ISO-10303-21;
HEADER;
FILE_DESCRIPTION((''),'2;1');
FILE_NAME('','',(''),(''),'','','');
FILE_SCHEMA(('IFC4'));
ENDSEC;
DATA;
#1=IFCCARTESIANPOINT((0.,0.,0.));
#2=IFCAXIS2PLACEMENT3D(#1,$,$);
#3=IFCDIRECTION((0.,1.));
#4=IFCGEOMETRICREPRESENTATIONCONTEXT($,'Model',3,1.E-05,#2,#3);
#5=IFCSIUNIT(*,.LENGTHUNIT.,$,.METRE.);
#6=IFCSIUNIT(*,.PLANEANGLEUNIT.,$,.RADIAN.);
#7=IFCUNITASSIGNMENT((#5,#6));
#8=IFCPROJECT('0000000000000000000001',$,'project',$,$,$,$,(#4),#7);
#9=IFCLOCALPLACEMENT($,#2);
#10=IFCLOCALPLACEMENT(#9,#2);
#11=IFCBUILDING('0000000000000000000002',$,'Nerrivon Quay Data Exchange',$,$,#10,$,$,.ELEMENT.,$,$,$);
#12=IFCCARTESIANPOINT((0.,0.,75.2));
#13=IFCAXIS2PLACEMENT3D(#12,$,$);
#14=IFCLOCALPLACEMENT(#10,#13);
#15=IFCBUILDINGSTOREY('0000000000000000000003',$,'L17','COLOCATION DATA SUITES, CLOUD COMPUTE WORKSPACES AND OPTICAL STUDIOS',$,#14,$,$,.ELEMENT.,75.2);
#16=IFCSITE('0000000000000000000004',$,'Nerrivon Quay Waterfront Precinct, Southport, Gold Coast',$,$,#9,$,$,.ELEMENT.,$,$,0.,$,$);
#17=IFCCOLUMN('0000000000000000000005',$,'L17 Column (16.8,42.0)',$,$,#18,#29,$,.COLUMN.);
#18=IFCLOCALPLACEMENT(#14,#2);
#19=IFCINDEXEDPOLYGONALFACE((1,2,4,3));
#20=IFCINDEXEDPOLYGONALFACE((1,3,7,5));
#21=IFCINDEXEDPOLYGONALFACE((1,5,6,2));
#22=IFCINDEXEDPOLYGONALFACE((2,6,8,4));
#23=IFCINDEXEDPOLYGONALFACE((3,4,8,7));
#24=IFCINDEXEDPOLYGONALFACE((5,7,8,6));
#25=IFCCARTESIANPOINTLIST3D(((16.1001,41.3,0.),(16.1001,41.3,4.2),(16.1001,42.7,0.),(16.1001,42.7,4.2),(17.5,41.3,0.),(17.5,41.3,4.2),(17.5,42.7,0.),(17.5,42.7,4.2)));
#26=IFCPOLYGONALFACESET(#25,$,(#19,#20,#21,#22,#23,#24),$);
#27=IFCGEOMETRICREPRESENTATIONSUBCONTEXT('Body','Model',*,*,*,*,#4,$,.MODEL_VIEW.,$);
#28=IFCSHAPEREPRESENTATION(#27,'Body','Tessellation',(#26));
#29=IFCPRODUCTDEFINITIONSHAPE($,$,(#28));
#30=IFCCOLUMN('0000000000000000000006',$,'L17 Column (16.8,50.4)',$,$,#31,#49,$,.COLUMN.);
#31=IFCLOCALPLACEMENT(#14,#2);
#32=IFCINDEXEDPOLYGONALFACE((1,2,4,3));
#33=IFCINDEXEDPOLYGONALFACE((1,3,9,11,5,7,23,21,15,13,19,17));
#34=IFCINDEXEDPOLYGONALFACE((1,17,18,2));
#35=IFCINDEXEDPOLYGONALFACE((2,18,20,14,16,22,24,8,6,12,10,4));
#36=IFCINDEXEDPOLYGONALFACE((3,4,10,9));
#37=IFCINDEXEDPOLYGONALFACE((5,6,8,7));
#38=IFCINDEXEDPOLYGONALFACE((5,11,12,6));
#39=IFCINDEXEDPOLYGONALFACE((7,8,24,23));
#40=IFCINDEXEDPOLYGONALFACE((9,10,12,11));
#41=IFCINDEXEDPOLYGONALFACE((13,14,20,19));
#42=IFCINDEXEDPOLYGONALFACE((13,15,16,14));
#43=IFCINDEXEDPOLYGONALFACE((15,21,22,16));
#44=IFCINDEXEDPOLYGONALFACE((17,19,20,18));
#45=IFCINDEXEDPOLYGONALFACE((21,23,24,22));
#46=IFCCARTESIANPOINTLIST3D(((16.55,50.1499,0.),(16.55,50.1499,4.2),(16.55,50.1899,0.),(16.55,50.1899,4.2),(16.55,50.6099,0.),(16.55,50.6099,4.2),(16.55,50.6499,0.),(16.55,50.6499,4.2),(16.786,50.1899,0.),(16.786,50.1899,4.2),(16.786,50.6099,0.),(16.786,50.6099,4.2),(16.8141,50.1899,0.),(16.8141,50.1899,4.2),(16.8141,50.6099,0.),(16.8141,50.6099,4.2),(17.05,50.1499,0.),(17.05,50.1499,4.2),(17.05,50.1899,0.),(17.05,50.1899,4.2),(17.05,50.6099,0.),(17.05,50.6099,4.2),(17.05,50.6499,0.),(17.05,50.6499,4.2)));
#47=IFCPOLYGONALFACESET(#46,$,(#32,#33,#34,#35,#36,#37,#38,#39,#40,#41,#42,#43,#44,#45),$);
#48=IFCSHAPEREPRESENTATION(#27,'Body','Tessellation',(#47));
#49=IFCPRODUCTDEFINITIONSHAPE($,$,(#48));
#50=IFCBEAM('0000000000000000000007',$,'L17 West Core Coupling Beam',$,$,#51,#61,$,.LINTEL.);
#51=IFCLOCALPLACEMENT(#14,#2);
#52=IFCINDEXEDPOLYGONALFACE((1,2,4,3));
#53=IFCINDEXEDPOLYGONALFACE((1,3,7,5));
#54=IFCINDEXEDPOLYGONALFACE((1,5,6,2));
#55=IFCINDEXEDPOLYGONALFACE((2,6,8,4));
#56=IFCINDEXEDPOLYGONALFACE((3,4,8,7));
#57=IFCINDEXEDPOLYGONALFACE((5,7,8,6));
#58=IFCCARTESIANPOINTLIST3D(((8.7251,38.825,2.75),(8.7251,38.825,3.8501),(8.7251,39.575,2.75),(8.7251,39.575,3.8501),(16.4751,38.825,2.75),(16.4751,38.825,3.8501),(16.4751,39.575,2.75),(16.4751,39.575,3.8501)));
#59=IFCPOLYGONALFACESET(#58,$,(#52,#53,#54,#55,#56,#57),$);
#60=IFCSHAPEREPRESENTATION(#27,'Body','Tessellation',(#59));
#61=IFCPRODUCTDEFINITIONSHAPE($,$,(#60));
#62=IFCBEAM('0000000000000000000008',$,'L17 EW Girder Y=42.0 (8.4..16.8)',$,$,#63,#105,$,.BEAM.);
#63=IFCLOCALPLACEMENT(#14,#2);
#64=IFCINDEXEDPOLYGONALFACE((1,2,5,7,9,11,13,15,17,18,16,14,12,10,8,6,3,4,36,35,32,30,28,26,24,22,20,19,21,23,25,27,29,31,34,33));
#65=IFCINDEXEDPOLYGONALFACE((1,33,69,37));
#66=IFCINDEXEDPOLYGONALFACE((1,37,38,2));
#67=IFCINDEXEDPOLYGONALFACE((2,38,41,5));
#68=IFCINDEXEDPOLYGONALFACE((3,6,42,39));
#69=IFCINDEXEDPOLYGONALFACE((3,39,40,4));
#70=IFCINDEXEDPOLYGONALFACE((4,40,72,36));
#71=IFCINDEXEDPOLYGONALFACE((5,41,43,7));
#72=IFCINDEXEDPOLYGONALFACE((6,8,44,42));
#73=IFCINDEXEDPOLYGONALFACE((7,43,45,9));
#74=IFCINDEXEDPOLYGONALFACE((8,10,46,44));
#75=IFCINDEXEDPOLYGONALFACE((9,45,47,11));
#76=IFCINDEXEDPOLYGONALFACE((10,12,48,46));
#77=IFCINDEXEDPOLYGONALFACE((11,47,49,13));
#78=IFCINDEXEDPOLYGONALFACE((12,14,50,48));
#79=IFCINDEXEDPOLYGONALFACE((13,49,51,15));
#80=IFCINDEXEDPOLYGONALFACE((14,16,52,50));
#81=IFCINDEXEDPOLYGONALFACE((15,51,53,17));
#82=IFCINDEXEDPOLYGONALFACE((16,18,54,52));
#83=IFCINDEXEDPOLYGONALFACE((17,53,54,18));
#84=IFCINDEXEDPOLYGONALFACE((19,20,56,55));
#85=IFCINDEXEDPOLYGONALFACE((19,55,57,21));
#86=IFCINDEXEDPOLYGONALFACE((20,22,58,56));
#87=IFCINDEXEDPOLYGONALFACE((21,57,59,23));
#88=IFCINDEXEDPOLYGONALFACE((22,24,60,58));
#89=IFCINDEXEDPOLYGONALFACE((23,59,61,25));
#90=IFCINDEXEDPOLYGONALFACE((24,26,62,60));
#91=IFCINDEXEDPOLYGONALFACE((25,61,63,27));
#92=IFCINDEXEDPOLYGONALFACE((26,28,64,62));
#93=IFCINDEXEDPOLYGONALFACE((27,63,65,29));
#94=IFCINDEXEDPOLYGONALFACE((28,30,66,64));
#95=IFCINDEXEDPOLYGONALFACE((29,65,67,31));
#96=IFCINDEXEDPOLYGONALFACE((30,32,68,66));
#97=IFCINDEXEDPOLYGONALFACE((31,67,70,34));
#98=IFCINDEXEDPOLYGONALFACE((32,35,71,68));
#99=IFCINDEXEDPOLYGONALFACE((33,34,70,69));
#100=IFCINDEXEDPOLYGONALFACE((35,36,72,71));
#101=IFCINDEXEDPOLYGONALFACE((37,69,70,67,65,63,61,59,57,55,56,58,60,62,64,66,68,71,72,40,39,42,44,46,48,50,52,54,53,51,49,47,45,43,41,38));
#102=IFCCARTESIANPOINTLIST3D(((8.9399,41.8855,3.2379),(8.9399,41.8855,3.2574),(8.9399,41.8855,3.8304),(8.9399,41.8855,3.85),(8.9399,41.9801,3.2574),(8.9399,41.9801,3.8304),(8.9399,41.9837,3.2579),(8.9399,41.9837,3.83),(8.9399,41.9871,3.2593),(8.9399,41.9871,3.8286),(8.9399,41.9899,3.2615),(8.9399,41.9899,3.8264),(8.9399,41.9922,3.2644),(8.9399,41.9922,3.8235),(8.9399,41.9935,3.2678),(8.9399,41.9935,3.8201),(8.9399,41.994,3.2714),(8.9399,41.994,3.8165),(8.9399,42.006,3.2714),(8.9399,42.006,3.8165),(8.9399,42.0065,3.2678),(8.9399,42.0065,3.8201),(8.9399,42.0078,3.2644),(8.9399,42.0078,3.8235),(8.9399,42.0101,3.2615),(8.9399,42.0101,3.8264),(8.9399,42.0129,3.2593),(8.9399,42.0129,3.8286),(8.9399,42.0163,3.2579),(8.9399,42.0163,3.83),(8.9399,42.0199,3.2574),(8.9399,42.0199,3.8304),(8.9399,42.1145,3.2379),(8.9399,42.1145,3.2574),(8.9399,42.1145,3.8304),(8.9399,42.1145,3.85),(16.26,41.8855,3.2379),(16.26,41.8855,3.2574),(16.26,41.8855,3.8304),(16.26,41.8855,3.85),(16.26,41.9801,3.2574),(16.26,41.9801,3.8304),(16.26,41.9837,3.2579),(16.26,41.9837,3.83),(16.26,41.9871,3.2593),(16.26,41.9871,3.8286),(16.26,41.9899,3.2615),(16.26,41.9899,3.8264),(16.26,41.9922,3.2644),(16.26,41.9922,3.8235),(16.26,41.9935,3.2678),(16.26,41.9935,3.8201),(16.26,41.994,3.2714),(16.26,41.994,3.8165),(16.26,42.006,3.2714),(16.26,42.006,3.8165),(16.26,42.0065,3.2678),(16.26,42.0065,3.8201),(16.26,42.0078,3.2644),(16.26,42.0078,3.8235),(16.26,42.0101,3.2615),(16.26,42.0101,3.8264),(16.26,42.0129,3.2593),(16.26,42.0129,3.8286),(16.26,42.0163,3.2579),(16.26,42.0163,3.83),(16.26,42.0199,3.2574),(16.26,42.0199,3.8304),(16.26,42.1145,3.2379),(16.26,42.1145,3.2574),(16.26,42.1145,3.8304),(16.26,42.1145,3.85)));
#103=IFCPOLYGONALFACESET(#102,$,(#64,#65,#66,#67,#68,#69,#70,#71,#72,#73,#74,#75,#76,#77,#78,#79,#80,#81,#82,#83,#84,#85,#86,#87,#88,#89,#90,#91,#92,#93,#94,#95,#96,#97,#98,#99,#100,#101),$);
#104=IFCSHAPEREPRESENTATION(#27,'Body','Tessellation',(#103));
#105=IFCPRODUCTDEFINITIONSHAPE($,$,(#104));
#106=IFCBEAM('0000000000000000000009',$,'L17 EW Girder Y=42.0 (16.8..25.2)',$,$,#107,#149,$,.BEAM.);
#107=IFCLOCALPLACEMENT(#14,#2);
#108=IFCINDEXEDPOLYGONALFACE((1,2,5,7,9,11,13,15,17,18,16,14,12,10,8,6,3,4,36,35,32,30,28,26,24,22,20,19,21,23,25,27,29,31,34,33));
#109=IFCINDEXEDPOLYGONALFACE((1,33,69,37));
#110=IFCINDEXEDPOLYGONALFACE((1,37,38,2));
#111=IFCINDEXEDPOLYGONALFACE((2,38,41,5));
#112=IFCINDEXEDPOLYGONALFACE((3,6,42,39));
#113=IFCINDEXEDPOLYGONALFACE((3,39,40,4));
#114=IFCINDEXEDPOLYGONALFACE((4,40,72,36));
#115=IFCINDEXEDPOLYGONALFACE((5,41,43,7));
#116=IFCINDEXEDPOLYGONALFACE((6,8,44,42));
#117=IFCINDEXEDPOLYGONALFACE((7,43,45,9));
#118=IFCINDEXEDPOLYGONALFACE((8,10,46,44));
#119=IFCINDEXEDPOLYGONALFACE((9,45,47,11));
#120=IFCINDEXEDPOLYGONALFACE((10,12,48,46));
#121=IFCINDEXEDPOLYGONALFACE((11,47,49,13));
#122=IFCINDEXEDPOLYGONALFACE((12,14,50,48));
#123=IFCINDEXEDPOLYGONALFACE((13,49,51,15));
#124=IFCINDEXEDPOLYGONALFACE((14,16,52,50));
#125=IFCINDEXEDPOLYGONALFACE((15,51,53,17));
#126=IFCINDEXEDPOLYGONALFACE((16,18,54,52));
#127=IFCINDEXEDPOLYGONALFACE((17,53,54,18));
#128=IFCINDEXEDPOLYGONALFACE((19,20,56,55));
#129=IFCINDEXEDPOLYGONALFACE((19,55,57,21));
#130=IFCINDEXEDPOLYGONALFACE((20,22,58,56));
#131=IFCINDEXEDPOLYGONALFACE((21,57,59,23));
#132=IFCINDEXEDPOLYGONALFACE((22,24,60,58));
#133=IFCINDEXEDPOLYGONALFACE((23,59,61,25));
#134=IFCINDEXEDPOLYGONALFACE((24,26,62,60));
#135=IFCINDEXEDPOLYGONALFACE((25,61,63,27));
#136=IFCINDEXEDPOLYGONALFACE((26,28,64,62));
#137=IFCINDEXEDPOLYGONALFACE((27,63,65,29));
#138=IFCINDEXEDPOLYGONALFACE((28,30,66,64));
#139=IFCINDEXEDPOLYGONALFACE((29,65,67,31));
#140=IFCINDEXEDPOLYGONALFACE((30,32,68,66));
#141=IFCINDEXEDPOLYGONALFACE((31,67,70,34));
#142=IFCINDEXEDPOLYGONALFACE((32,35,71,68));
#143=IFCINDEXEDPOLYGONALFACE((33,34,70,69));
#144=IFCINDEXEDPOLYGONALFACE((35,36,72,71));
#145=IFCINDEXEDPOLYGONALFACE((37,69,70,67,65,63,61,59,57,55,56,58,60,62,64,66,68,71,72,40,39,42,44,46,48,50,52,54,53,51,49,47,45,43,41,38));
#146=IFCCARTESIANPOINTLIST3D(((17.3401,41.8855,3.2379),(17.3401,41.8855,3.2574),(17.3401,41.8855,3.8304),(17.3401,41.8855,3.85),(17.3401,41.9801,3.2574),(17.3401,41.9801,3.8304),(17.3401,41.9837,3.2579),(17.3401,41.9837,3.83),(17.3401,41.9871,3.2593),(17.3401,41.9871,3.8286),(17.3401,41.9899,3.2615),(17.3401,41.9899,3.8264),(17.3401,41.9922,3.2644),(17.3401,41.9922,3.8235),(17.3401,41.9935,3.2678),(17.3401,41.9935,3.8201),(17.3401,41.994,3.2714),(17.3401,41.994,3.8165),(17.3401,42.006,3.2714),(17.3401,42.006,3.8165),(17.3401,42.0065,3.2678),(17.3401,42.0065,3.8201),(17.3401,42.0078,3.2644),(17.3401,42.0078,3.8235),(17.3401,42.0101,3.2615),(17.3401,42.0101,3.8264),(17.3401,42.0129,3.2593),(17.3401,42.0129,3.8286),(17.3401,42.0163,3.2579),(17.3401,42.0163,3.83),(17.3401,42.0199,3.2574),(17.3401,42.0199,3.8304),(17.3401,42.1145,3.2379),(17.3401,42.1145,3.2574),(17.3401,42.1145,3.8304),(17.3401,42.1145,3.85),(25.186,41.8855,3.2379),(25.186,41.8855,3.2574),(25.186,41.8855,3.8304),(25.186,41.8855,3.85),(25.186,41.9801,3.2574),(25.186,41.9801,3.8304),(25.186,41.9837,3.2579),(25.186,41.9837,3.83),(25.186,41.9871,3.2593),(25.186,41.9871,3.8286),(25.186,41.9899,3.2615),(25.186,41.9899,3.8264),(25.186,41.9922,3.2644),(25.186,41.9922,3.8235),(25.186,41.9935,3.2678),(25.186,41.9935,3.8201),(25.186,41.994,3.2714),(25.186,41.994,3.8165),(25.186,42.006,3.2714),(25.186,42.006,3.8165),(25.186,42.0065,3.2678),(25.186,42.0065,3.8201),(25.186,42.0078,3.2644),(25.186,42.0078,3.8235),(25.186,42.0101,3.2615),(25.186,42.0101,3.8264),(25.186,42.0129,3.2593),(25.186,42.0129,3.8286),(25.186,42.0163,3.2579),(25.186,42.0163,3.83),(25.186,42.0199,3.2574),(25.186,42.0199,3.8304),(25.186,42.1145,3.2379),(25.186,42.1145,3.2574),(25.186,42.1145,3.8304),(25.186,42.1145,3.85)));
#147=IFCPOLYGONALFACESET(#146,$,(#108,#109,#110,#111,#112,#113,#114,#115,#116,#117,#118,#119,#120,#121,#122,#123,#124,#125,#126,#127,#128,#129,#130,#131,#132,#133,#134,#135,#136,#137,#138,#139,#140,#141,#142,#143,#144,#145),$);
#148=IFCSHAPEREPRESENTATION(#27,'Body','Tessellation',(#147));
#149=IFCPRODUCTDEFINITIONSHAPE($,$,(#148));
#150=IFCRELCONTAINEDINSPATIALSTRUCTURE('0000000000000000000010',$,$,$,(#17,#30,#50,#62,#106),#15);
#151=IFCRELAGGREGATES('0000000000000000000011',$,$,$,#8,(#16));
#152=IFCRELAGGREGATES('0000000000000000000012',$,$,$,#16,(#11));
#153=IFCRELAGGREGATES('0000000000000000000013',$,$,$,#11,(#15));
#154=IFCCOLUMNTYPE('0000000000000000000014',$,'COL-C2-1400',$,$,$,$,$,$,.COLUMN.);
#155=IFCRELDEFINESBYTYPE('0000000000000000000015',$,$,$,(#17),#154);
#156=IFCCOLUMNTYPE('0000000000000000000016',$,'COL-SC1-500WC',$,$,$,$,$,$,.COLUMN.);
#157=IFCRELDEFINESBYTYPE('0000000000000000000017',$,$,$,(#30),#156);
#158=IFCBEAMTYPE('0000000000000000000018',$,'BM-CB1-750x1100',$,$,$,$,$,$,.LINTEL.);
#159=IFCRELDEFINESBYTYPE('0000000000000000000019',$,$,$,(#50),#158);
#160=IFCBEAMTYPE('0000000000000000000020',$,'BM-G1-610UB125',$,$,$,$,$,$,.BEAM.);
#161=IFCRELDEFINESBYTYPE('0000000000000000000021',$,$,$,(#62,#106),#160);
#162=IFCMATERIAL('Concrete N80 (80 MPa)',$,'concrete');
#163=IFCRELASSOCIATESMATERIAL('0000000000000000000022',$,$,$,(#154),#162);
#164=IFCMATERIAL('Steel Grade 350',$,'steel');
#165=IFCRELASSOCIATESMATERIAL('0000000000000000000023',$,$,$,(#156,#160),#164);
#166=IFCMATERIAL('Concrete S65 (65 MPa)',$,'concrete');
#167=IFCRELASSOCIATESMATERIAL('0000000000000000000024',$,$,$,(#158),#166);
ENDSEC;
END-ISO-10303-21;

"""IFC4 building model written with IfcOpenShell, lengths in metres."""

from ifc_helpers import new_model, si_unit, direction, frame, origin, origin_2d, place, context, subcontext, project, spatial, rectangle, i_section, extrude, material, material_profile, profile_set, type_object, element, save


model = new_model("IFC4")

# Units and contexts
model_context = context("Model", 3, precision=1e-05, world=origin(), true_north=direction((0.0, 1.0)))
body_context = subcontext(model_context, "Body", "Model", "MODEL_VIEW")
ifc_project = project(units=[si_unit("LENGTHUNIT", "METRE"), si_unit("PLANEANGLEUNIT", "RADIAN")], contexts=[model_context])

# Site, building, storey
site_placement = place(None, origin())
site = spatial("IfcSite", under=ifc_project, at=site_placement, Name="Nerrivon Quay Waterfront Precinct, Southport, Gold Coast", CompositionType="ELEMENT", RefElevation=0.0)
building_placement = place(site_placement, origin())
building = spatial("IfcBuilding", under=site, at=building_placement, Name="Nerrivon Quay Data Exchange", CompositionType="ELEMENT")
storey_placement = place(building_placement, frame((0.0, 0.0, 75.2)))
storey = spatial("IfcBuildingStorey", under=building, at=storey_placement, Name="L17", Description="COLOCATION DATA SUITES, CLOUD COMPUTE WORKSPACES AND OPTICAL STUDIOS", CompositionType="ELEMENT", Elevation=75.2)

# Columns
ifc_material_1 = material(Name="Concrete N80 (80 MPa)", Category="concrete")
ifc_material_profile_1 = material_profile(ifc_material_1, rectangle(XDim=1.3999, YDim=1.3999, at=origin_2d()), Name="RC-COL-1400x1400")
ifc_profile_set_1 = profile_set([ifc_material_profile_1], Name="Concrete N80 (80 MPa)")
column_type_1 = type_object("IfcColumnType", Name="COL-C2-1400", PredefinedType="COLUMN", material=ifc_profile_set_1)
column_1_placement = place(storey_placement, frame((16.8, 42.0, 0.0), z_axis=(0.0, 0.0, 1.0), x_axis=(1.0, 0.0, 0.0)))
element("IfcColumn", 1, at=column_1_placement, inside=storey, type_object=column_type_1, Name="L17 Column (16.8,42.0)", PredefinedType="COLUMN", context=body_context, shape_type="SweptSolid", body=[
    extrude(rectangle(XDim=1.3999, YDim=1.3999, at=origin_2d()), origin(), (0.0, 0.0, 1.0), 4.2),
])
ifc_material_2 = material(Name="Steel Grade 350", Category="steel")
ifc_material_profile_2 = material_profile(ifc_material_2, i_section(OverallWidth=0.5, OverallDepth=0.5, WebThickness=0.0281, FlangeThickness=0.04, at=origin_2d()), Name="500WC440")
ifc_profile_set_2 = profile_set([ifc_material_profile_2], Name="Steel Grade 350")
column_type_2 = type_object("IfcColumnType", Name="COL-SC1-500WC", PredefinedType="COLUMN", material=ifc_profile_set_2)
column_2_placement = place(storey_placement, frame((16.8, 50.3999, 0.0), z_axis=(0.0, 0.0, 1.0), x_axis=(1.0, 0.0, 0.0)))
element("IfcColumn", 2, at=column_2_placement, inside=storey, type_object=column_type_2, Name="L17 Column (16.8,50.4)", PredefinedType="COLUMN", context=body_context, shape_type="SweptSolid", body=[
    extrude(i_section(OverallWidth=0.5, OverallDepth=0.5, WebThickness=0.0281, FlangeThickness=0.04, at=origin_2d()), origin(), (0.0, 0.0, 1.0), 4.2),
])

# Beams
ifc_material_3 = material(Name="Concrete S65 (65 MPa)", Category="concrete")
ifc_material_profile_3 = material_profile(ifc_material_3, rectangle(XDim=0.75, YDim=1.1001, at=origin_2d()), Name="RC-CB-750x1100")
ifc_profile_set_3 = profile_set([ifc_material_profile_3], Name="Concrete S65 (65 MPa)")
beam_type_1 = type_object("IfcBeamType", Name="BM-CB1-750x1100", PredefinedType="LINTEL", material=ifc_profile_set_3)
beam_1_placement = place(storey_placement, frame((8.7251, 39.2, 3.3), z_axis=(1.0, 0.0, 0.0), x_axis=(0.0, 1.0, 0.0)))
element("IfcBeam", 3, at=beam_1_placement, inside=storey, type_object=beam_type_1, Name="L17 West Core Coupling Beam", PredefinedType="LINTEL", context=body_context, shape_type="SweptSolid", body=[
    extrude(rectangle(XDim=0.75, YDim=1.1001, at=origin_2d()), origin(), (0.0, 0.0, 1.0), 7.75),
])
ifc_material_profile_4 = material_profile(ifc_material_2, i_section(OverallWidth=0.229, OverallDepth=0.6121, WebThickness=0.012, FlangeThickness=0.0195, FilletRadius=0.0139, at=origin_2d()), Name="610UB125")
ifc_profile_set_4 = profile_set([ifc_material_profile_4], Name="Steel Grade 350")
beam_type_2 = type_object("IfcBeamType", Name="BM-G1-610UB125", PredefinedType="BEAM", material=ifc_profile_set_4)
beam_2_placement = place(storey_placement, frame((8.9399, 42.0, 3.5439), z_axis=(1.0, 0.0, 0.0), x_axis=(0.0, 1.0, 0.0)))
element("IfcBeam", 4, at=beam_2_placement, inside=storey, type_object=beam_type_2, Name="L17 EW Girder Y=42.0 (8.4..16.8)", PredefinedType="BEAM", context=body_context, shape_type="SweptSolid", body=[
    extrude(i_section(OverallWidth=0.229, OverallDepth=0.6121, WebThickness=0.012, FlangeThickness=0.0195, FilletRadius=0.0139, at=origin_2d()), origin(), (0.0, 0.0, 1.0), 7.3201),
])
beam_3_placement = place(storey_placement, frame((17.3401, 42.0, 3.5439), z_axis=(1.0, 0.0, 0.0), x_axis=(0.0, 1.0, 0.0)))
element("IfcBeam", 5, at=beam_3_placement, inside=storey, type_object=beam_type_2, Name="L17 EW Girder Y=42.0 (16.8..25.2)", PredefinedType="BEAM", context=body_context, shape_type="SweptSolid", body=[
    extrude(i_section(OverallWidth=0.229, OverallDepth=0.6121, WebThickness=0.012, FlangeThickness=0.0195, FilletRadius=0.0139, at=origin_2d()), origin(), (0.0, 0.0, 1.0), 7.8459),
])

save(model, "model.ifc")
